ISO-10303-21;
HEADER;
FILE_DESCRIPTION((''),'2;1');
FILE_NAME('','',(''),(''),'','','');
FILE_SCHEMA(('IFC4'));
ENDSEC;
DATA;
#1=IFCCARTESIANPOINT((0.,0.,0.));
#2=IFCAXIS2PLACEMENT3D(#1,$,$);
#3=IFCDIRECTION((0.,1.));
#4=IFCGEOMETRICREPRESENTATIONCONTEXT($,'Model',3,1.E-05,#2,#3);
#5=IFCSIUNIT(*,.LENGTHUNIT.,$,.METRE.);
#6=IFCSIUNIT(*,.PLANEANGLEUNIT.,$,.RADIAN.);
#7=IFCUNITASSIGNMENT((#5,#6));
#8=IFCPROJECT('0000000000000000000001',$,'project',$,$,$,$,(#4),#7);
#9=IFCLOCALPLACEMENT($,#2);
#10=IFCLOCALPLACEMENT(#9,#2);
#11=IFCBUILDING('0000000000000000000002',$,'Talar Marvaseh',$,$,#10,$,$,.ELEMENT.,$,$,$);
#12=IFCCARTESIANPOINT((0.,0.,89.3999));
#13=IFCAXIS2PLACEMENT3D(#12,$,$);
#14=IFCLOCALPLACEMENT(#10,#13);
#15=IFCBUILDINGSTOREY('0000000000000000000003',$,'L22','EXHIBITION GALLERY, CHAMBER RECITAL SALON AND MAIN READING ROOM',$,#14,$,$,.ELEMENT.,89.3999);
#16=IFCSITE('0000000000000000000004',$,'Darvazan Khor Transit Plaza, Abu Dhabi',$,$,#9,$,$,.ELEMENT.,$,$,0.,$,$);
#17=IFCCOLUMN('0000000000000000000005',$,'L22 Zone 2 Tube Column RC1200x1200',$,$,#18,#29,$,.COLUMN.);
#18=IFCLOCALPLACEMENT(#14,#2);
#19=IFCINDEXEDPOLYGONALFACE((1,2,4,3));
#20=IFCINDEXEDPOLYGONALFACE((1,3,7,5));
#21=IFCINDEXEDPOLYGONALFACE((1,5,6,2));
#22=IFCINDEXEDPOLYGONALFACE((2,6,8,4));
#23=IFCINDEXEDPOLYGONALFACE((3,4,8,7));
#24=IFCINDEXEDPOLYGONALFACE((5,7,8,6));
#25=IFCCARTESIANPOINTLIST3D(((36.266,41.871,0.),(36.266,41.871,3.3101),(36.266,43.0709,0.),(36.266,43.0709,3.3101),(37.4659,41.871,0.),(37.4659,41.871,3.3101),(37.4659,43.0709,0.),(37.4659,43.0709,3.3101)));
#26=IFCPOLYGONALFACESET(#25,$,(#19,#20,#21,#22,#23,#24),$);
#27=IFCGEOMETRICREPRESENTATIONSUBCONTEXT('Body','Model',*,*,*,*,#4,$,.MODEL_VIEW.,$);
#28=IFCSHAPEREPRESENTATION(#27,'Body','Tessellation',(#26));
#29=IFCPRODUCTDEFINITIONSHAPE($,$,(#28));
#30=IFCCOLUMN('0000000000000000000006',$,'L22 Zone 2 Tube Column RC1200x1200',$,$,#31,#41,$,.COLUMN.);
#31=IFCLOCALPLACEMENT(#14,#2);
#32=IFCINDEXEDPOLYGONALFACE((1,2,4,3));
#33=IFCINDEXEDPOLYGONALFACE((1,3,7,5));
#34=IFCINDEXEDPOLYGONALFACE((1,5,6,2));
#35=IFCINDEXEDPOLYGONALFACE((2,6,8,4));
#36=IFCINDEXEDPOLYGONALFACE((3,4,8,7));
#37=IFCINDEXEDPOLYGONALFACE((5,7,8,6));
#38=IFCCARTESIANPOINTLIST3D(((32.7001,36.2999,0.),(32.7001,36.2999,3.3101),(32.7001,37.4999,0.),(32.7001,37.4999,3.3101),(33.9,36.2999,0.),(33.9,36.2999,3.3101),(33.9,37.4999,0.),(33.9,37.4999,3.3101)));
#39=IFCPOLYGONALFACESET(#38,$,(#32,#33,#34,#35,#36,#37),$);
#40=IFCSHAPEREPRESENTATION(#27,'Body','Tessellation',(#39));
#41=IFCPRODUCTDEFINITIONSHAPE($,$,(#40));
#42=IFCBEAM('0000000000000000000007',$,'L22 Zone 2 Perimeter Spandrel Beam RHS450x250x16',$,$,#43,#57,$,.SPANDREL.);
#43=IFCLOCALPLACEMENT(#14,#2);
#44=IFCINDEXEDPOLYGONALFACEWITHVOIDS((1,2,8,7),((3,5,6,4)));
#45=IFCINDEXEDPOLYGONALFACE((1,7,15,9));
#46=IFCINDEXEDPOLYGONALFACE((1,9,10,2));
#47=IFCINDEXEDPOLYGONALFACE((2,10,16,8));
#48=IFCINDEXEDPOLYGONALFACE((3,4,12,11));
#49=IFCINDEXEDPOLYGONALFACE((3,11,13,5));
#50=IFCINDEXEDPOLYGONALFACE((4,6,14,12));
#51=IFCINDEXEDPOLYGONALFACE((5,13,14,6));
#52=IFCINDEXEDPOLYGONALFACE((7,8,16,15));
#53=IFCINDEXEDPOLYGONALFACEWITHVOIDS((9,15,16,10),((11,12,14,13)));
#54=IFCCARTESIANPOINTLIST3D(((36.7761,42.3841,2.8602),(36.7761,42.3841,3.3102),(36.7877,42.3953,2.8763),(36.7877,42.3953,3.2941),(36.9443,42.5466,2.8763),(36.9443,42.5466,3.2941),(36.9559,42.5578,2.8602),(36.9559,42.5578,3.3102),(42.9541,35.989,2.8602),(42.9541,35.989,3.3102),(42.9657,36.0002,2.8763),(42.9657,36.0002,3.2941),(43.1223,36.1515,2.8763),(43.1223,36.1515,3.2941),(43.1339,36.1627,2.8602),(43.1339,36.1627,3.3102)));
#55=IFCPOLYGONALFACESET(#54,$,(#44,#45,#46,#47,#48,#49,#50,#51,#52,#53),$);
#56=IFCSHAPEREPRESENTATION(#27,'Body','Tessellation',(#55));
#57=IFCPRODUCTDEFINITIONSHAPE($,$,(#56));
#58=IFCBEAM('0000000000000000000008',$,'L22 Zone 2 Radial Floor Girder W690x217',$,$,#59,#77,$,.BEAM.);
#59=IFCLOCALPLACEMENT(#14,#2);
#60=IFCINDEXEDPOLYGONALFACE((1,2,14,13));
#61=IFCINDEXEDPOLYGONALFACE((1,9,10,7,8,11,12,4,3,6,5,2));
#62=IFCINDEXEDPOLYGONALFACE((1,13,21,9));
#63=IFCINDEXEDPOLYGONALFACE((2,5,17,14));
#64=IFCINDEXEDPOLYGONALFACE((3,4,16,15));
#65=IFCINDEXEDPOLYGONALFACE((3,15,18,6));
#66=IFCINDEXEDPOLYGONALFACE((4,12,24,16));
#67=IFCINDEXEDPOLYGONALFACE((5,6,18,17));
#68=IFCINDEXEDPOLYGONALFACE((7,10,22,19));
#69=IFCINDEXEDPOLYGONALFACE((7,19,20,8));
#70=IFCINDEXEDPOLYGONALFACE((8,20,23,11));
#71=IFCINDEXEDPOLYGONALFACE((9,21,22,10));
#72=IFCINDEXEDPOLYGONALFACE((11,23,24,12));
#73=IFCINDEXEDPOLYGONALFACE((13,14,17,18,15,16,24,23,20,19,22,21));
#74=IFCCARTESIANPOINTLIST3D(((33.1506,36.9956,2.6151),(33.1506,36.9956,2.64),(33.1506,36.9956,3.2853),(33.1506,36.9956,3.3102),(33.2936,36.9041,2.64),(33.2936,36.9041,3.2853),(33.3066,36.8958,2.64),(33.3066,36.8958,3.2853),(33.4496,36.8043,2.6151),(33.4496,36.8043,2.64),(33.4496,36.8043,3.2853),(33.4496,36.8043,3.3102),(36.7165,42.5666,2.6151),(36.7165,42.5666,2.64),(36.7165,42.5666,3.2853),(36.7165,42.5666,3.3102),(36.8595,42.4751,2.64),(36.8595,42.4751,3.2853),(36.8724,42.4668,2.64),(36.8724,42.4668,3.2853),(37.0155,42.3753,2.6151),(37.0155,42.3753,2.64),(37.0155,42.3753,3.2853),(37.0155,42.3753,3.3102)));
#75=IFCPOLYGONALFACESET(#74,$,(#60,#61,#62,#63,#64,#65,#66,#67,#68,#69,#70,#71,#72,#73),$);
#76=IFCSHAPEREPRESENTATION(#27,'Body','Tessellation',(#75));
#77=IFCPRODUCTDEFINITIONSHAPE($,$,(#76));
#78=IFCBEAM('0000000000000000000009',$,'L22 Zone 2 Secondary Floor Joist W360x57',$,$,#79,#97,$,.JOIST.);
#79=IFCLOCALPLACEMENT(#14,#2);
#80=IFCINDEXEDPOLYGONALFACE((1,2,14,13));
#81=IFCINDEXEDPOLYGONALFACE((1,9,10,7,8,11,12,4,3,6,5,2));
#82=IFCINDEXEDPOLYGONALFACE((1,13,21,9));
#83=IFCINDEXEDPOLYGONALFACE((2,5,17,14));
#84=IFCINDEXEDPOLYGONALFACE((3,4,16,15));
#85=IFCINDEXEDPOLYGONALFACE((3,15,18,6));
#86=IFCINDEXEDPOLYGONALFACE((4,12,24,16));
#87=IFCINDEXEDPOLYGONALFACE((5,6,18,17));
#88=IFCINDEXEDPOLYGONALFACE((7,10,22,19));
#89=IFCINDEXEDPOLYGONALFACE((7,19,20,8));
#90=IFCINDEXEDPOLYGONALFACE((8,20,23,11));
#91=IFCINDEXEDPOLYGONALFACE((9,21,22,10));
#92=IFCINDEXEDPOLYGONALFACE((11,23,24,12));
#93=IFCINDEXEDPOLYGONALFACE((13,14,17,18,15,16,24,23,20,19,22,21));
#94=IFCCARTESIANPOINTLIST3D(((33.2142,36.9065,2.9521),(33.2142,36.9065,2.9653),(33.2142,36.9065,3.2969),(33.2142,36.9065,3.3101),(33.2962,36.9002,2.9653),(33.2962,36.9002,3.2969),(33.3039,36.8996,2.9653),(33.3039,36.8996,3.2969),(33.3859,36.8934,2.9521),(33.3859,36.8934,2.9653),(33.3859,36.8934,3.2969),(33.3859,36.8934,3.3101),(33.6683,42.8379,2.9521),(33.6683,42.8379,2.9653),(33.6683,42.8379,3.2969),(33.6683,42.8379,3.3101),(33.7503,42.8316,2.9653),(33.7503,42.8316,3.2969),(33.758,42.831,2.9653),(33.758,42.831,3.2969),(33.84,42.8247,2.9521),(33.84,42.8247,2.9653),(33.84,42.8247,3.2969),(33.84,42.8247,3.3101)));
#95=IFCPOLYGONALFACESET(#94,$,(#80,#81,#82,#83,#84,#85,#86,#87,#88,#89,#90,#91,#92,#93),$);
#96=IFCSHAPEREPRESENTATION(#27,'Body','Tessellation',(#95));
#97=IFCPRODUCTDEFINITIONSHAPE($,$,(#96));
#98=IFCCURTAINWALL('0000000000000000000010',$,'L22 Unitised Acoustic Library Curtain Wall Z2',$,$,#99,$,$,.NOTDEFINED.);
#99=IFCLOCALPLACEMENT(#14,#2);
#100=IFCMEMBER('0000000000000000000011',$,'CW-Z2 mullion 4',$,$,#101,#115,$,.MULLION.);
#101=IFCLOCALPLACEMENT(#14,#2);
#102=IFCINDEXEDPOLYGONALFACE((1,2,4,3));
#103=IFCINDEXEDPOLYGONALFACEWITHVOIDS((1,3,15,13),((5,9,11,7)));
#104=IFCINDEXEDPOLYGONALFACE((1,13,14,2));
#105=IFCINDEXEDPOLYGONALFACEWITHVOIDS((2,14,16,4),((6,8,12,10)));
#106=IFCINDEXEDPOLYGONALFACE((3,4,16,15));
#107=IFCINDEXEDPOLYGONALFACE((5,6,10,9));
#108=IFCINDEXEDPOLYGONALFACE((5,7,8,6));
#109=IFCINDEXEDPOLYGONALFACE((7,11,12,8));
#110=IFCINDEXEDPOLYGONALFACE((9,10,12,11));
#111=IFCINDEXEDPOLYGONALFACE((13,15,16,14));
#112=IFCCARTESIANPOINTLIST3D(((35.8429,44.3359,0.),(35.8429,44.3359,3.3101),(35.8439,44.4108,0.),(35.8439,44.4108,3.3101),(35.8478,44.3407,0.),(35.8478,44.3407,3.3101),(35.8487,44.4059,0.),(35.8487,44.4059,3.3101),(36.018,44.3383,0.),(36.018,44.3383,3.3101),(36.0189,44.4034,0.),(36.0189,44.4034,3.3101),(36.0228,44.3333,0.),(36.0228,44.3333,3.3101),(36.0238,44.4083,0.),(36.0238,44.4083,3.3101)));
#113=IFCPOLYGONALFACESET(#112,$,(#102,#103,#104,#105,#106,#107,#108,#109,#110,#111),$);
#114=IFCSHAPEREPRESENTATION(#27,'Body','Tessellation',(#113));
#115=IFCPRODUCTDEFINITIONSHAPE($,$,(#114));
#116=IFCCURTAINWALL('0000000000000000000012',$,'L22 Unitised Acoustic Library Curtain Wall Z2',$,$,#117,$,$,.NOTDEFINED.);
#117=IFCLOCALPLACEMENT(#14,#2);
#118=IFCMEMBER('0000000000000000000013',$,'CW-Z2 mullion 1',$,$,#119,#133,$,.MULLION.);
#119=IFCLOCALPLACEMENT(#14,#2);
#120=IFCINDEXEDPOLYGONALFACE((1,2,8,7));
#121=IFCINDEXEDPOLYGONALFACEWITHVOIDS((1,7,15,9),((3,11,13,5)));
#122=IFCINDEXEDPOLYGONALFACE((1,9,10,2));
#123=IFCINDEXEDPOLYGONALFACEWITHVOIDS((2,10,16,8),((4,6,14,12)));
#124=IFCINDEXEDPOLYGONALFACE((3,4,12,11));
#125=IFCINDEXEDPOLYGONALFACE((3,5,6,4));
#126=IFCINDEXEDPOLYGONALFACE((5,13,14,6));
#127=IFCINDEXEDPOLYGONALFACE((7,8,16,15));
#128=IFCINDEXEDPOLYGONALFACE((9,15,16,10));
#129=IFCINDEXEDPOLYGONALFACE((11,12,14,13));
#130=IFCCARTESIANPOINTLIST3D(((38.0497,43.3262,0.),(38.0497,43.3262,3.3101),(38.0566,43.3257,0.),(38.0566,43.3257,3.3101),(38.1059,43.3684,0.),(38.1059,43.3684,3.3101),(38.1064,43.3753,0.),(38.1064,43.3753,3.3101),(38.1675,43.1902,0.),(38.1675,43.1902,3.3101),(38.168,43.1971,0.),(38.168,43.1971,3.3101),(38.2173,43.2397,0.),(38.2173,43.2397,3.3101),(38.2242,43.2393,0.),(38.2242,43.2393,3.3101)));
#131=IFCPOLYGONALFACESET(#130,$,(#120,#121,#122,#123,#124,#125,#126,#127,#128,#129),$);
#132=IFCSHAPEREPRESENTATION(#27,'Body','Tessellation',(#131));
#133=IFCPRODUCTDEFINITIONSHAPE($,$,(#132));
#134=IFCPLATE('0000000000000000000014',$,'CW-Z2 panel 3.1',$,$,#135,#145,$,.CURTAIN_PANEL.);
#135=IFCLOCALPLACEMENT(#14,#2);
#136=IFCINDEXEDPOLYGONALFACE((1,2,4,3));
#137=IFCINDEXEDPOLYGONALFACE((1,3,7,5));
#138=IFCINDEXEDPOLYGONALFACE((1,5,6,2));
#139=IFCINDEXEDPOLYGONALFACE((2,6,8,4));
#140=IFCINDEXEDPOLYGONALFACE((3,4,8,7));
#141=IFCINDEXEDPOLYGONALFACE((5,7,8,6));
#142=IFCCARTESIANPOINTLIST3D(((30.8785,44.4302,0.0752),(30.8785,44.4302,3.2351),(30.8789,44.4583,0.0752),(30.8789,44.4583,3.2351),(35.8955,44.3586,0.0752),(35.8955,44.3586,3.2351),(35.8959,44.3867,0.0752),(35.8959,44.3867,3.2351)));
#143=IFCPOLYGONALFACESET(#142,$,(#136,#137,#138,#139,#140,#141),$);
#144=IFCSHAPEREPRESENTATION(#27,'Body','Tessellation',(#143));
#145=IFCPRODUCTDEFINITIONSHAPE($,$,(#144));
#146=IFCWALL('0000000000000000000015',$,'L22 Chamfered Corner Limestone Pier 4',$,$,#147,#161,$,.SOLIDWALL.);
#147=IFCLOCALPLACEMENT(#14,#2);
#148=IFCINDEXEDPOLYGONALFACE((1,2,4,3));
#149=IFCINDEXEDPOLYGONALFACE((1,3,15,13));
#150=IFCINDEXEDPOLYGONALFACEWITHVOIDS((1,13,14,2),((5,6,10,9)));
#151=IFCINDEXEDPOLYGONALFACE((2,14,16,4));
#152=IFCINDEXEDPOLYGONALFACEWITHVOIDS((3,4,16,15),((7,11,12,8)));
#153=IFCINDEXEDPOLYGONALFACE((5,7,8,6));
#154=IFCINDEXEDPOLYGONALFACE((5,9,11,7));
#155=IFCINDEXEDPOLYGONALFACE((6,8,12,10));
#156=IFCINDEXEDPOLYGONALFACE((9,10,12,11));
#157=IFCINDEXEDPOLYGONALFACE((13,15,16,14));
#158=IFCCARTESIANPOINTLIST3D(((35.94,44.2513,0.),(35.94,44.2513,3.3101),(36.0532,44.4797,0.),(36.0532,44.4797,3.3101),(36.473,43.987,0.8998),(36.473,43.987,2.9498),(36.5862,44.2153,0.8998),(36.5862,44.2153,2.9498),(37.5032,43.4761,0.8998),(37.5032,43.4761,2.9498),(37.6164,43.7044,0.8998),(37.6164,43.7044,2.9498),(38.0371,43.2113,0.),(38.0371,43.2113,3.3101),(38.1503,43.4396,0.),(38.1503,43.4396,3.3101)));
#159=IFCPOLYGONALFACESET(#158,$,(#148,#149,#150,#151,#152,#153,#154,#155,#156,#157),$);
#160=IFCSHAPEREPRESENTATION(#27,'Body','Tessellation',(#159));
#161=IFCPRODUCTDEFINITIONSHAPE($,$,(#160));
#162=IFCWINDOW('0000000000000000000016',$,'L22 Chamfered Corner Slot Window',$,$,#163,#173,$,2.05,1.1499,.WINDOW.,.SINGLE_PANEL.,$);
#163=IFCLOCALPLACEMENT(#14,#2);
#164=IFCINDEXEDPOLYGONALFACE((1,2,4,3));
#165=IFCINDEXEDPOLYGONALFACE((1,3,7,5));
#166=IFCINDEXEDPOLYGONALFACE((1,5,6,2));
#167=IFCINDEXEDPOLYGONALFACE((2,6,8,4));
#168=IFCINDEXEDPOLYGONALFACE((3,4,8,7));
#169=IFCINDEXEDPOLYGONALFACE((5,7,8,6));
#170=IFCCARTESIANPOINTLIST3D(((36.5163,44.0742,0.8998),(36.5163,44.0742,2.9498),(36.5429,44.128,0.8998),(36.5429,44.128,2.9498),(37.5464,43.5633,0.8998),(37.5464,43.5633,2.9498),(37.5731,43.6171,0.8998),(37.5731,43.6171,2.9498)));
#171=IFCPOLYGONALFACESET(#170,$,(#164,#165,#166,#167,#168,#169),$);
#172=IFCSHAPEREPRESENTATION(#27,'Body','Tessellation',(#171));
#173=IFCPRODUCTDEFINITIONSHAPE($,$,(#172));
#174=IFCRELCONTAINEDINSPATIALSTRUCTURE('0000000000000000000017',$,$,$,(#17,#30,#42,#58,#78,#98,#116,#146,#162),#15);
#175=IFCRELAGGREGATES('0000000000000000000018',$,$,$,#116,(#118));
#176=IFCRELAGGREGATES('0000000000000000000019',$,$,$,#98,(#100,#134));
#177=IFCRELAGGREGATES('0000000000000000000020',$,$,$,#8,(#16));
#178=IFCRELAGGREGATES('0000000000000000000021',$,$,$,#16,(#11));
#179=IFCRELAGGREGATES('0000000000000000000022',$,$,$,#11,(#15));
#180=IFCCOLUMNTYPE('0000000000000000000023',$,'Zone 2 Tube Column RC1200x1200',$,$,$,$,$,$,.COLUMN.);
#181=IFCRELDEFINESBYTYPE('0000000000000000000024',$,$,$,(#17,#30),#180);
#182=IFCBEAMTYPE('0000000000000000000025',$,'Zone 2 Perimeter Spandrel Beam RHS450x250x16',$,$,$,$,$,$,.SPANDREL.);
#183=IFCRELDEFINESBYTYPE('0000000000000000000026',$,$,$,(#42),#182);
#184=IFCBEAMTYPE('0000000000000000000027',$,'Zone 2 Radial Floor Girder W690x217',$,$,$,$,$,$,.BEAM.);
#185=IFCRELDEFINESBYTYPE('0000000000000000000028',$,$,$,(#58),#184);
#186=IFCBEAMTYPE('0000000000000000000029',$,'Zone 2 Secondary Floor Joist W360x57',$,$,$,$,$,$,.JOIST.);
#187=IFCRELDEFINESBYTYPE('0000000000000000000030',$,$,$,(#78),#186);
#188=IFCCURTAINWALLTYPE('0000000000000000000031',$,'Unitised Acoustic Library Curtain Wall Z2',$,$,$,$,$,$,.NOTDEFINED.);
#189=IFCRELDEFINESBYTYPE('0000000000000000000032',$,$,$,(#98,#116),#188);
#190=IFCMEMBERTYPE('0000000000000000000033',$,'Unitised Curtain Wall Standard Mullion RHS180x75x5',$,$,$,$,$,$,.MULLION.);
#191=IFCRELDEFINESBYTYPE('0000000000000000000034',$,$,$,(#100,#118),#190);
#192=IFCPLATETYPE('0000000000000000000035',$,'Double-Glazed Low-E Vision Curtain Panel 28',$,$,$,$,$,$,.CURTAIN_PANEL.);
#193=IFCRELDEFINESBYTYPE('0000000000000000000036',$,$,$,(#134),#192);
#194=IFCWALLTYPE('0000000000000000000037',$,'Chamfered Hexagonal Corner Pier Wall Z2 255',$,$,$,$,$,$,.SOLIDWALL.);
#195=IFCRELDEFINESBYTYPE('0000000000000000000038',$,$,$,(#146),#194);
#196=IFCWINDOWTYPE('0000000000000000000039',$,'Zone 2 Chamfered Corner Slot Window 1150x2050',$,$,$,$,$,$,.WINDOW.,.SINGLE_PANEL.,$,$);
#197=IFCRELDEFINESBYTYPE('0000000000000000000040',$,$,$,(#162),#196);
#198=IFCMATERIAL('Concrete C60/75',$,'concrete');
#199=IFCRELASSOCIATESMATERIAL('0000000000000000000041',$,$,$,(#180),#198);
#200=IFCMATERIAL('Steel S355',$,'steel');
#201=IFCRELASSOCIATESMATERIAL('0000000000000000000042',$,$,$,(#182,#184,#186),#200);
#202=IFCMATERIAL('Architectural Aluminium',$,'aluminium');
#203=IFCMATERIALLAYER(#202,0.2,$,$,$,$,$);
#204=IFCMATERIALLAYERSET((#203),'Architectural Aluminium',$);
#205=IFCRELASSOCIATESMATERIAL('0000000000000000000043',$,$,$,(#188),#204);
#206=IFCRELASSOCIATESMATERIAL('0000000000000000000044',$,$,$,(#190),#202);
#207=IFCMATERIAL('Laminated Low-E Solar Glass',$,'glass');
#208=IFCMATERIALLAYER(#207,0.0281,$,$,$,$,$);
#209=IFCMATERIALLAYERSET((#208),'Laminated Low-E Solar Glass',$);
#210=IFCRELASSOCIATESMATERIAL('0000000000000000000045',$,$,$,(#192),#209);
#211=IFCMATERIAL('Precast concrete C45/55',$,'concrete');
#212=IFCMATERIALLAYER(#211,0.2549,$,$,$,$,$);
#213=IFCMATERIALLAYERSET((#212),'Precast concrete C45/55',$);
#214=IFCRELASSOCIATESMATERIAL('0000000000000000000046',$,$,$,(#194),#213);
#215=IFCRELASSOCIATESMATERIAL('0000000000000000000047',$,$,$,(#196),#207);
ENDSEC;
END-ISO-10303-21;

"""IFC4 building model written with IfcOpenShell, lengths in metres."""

from ifc_helpers import new_model, si_unit, direction, frame, frame_2d, origin, origin_2d, place, context, subcontext, project, spatial, rectangle, hollow_rectangle, i_section, extrude, source, transform, mapped, material, layer, layer_set, material_profile, profile_set, type_object, type_shapes, element, fill, aggregate, save


model = new_model("IFC4")

# Units and contexts
model_context = context("Model", 3, precision=1e-05, world=origin(), true_north=direction((0.0, 1.0)))
body_context = subcontext(model_context, "Body", "Model", "MODEL_VIEW")
ifc_project = project(units=[si_unit("LENGTHUNIT", "METRE"), si_unit("PLANEANGLEUNIT", "RADIAN")], contexts=[model_context])

# Site, building, storey
site_placement = place(None, origin())
site = spatial("IfcSite", under=ifc_project, at=site_placement, Name="Darvazan Khor Transit Plaza, Abu Dhabi", CompositionType="ELEMENT", RefElevation=0.0)
building_placement = place(site_placement, origin())
building = spatial("IfcBuilding", under=site, at=building_placement, Name="Talar Marvaseh", CompositionType="ELEMENT")
storey_placement = place(building_placement, frame((0.0, 0.0, 89.3999)))
storey = spatial("IfcBuildingStorey", under=building, at=storey_placement, Name="L22", Description="EXHIBITION GALLERY, CHAMBER RECITAL SALON AND MAIN READING ROOM", CompositionType="ELEMENT", Elevation=89.3999)

# Columns
ifc_material_1 = material(Name="Concrete C60/75", Category="concrete")
ifc_material_profile_1 = material_profile(ifc_material_1, rectangle(XDim=1.2, YDim=1.2, at=origin_2d()), Name="RC1200x1200")
ifc_profile_set_1 = profile_set([ifc_material_profile_1], Name="Concrete C60/75")
column_type = type_object("IfcColumnType", Name="Zone 2 Tube Column RC1200x1200", PredefinedType="COLUMN", material=ifc_profile_set_1)
for number, where, z_axis, x_axis, name in (
    (1, (36.866, 42.4709, 0.0), (0.0, 0.0, 1.0), (1.0, 0.0, 0.0), "L22 Zone 2 Tube Column RC1200x1200"),
    (2, (33.3, 36.8999, 0.0), (0.0, 0.0, 1.0), (1.0, 0.0, 0.0), "L22 Zone 2 Tube Column RC1200x1200"),
):
    element("IfcColumn", number, at=place(storey_placement, frame(where, z_axis=z_axis, x_axis=x_axis)), inside=storey, type_object=column_type, Name=name, PredefinedType="COLUMN", context=body_context, shape_type="SweptSolid", body=[
        extrude(rectangle(XDim=1.2, YDim=1.2, at=origin_2d()), origin(), (0.0, 0.0, 1.0), 3.3101),
    ])

# Beams
ifc_material_2 = material(Name="Steel S355", Category="steel")
ifc_material_profile_2 = material_profile(ifc_material_2, hollow_rectangle(XDim=0.25, YDim=0.45, WallThickness=0.0161, at=origin_2d()), Name="RHS450x250x16")
ifc_profile_set_2 = profile_set([ifc_material_profile_2], Name="Steel S355")
beam_type_1 = type_object("IfcBeamType", Name="Zone 2 Perimeter Spandrel Beam RHS450x250x16", PredefinedType="SPANDREL", material=ifc_profile_set_2)
beam_1_placement = place(storey_placement, frame((36.866, 42.4709, 3.0852), z_axis=(0.694797, -0.719206, 0.0), x_axis=(0.719206, 0.694797, 0.0)))
element("IfcBeam", 3, at=beam_1_placement, inside=storey, type_object=beam_type_1, Name="L22 Zone 2 Perimeter Spandrel Beam RHS450x250x16", PredefinedType="SPANDREL", context=body_context, shape_type="SweptSolid", body=[
    extrude(hollow_rectangle(XDim=0.25, YDim=0.45, WallThickness=0.0161, at=origin_2d()), origin(), (0.0, 0.0, 1.0), 8.8918),
])
ifc_material_profile_3 = material_profile(ifc_material_2, i_section(OverallWidth=0.355, OverallDepth=0.6951, WebThickness=0.0154, FlangeThickness=0.0249, at=origin_2d()), Name="W690x217")
ifc_profile_set_3 = profile_set([ifc_material_profile_3], Name="Steel S355")
beam_type_2 = type_object("IfcBeamType", Name="Zone 2 Radial Floor Girder W690x217", PredefinedType="BEAM", material=ifc_profile_set_3)
beam_2_placement = place(storey_placement, frame((36.866, 42.4709, 2.9626), z_axis=(-0.539102, -0.842241, 0.0), x_axis=(0.842241, -0.539102, 0.0)))
element("IfcBeam", 4, at=beam_2_placement, inside=storey, type_object=beam_type_2, Name="L22 Zone 2 Radial Floor Girder W690x217", PredefinedType="BEAM", context=body_context, shape_type="SweptSolid", body=[
    extrude(i_section(OverallWidth=0.355, OverallDepth=0.6951, WebThickness=0.0154, FlangeThickness=0.0249, at=origin_2d()), origin(), (0.0, 0.0, 1.0), 6.6145),
])
ifc_material_profile_4 = material_profile(ifc_material_2, i_section(OverallWidth=0.1721, OverallDepth=0.3579, WebThickness=0.0078, FlangeThickness=0.0132, at=origin_2d()), Name="W360x57")
ifc_profile_set_4 = profile_set([ifc_material_profile_4], Name="Steel S355")
beam_type_3 = type_object("IfcBeamType", Name="Zone 2 Secondary Floor Joist W360x57", PredefinedType="JOIST", material=ifc_profile_set_4)
beam_3_placement = place(storey_placement, frame((33.7542, 42.8313, 3.1311), z_axis=(-0.076336, -0.997082, 0.0), x_axis=(0.997082, -0.076336, 0.0)))
element("IfcBeam", 5, at=beam_3_placement, inside=storey, type_object=beam_type_3, Name="L22 Zone 2 Secondary Floor Joist W360x57", PredefinedType="JOIST", context=body_context, shape_type="SweptSolid", body=[
    extrude(i_section(OverallWidth=0.1721, OverallDepth=0.3579, WebThickness=0.0078, FlangeThickness=0.0132, at=origin_2d()), origin(), (0.0, 0.0, 1.0), 5.9487),
])

# Curtain walls, members
ifc_material_3 = material(Name="Architectural Aluminium", Category="aluminium")
ifc_layer_1 = layer(ifc_material_3, 0.2)
ifc_layer_set_1 = layer_set([ifc_layer_1], Name="Architectural Aluminium")
curtain_wall_type = type_object("IfcCurtainWallType", Name="Unitised Acoustic Library Curtain Wall Z2", PredefinedType="NOTDEFINED", material=ifc_layer_set_1)
curtain_wall_1_placement = place(storey_placement, origin())
curtain_wall_1 = element("IfcCurtainWall", 6, at=curtain_wall_1_placement, inside=storey, type_object=curtain_wall_type, Name="L22 Unitised Acoustic Library Curtain Wall Z2", PredefinedType="NOTDEFINED")
ifc_material_profile_5 = material_profile(ifc_material_3, hollow_rectangle(XDim=0.075, YDim=0.1799, WallThickness=0.0049, at=origin_2d()), Name="RHS180x75x5")
ifc_profile_set_5 = profile_set([ifc_material_profile_5], Name="Architectural Aluminium")
member_type = type_object("IfcMemberType", Name="Unitised Curtain Wall Standard Mullion RHS180x75x5", PredefinedType="MULLION", material=ifc_profile_set_5)
shared_shape_1 = source(origin(), body_context, "Body", "SweptSolid", [
    extrude(hollow_rectangle(XDim=0.075, YDim=0.1799, WallThickness=0.0049, at=origin_2d()), origin(), (0.0, 0.0, 1.0), 3.3101),
])
type_shapes(member_type, [shared_shape_1])
member_1_placement = place(storey_placement, frame((35.9333, 44.3721, 0.0), z_axis=(0.0, 0.0, 1.0), x_axis=(0.014275, 0.999898, 0.0)))
member_1 = element("IfcMember", 7, at=member_1_placement, type_object=member_type, Name="CW-Z2 mullion 4", PredefinedType="MULLION", context=body_context, shape_type="MappedRepresentation", body=[
    mapped(shared_shape_1, transform((0.0, 0.0, 0.0), x_axis=(1.0, 0.0, 0.0), y_axis=(0.0, 1.0, 0.0), z_axis=(0.0, 0.0, 1.0), scale=1.0)),
])
curtain_wall_2_placement = place(storey_placement, origin())
curtain_wall_2 = element("IfcCurtainWall", 8, at=curtain_wall_2_placement, inside=storey, type_object=curtain_wall_type, Name="L22 Unitised Acoustic Library Curtain Wall Z2", PredefinedType="NOTDEFINED")
member_2_placement = place(storey_placement, frame((38.137, 43.2827, 0.0), z_axis=(0.0, 0.0, 1.0), x_axis=(0.755811, 0.65479, 0.0)))
member_2 = element("IfcMember", 9, at=member_2_placement, type_object=member_type, Name="CW-Z2 mullion 1", PredefinedType="MULLION", context=body_context, shape_type="MappedRepresentation", body=[
    mapped(shared_shape_1, transform((0.0, 0.0, 0.0), x_axis=(1.0, 0.0, 0.0), y_axis=(0.0, 1.0, 0.0), z_axis=(0.0, 0.0, 1.0), scale=1.0)),
])
aggregate(curtain_wall_2, [member_2])

# Plate
ifc_material_4 = material(Name="Laminated Low-E Solar Glass", Category="glass")
ifc_layer_2 = layer(ifc_material_4, 0.0281)
ifc_layer_set_2 = layer_set([ifc_layer_2], Name="Laminated Low-E Solar Glass")
plate_type = type_object("IfcPlateType", Name="Double-Glazed Low-E Vision Curtain Panel 28", PredefinedType="CURTAIN_PANEL", material=ifc_layer_set_2)
shared_shape_2 = source(origin(), body_context, "Body", "SweptSolid", [
    extrude(rectangle(XDim=5.0176, YDim=0.0281, at=origin_2d()), origin(), (0.0, 0.0, 1.0), 3.1599),
])
type_shapes(plate_type, [shared_shape_2])
plate_placement = place(storey_placement, frame((33.3872, 44.4084, 0.0752), z_axis=(0.0, 0.0, 1.0), x_axis=(0.999898, -0.014275, 0.0)))
plate = element("IfcPlate", 10, at=plate_placement, type_object=plate_type, Name="CW-Z2 panel 3.1", PredefinedType="CURTAIN_PANEL", context=body_context, shape_type="MappedRepresentation", body=[
    mapped(shared_shape_2, transform((0.0, 0.0, 0.0), x_axis=(1.0, 0.0, 0.0), y_axis=(0.0, 1.0, 0.0), z_axis=(0.0, 0.0, 1.0), scale=1.0)),
])
aggregate(curtain_wall_1, [member_1, plate])

# Wall, opening, window
ifc_material_5 = material(Name="Precast concrete C45/55", Category="concrete")
ifc_layer_3 = layer(ifc_material_5, 0.2549)
ifc_layer_set_3 = layer_set([ifc_layer_3], Name="Precast concrete C45/55")
wall_type_1 = type_object("IfcWallType", Name="Chamfered Hexagonal Corner Pier Wall Z2 255", PredefinedType="SOLIDWALL", material=ifc_layer_set_3)
wall_1_placement = place(storey_placement, frame((35.9966, 44.3655, 0.0), z_axis=(0.0, 0.0, 1.0), x_axis=(0.895883, -0.444291, 0.0)))
wall_1 = element("IfcWall", 11, at=wall_1_placement, inside=storey, type_object=wall_type_1, Name="L22 Chamfered Corner Limestone Pier 4", PredefinedType="SOLIDWALL", context=body_context, shape_type="SweptSolid", body=[
    extrude(rectangle(XDim=2.3408, YDim=0.2549, at=frame_2d((1.1704, 0.0))), origin(), (0.0, 0.0, 1.0), 3.3101),
])
opening_1_placement = place(wall_1_placement, frame((0.595, 0.0, 0.8999)))
opening_1 = element("IfcOpeningElement", 12, at=opening_1_placement, cuts=wall_1, PredefinedType="OPENING", context=body_context, shape_type="SweptSolid", body=[
    extrude(rectangle(XDim=1.1499, YDim=2.05, at=frame_2d((0.575, 1.0249))), frame((0.0, 0.1375, 0.0), z_axis=(0.0, -1.0, 0.0), x_axis=(1.0, 0.0, 0.0)), (0.0, 0.0, 1.0), 0.2749),
])
window_type = type_object("IfcWindowType", Name="Zone 2 Chamfered Corner Slot Window 1150x2050", PartitioningType="SINGLE_PANEL", PredefinedType="WINDOW", material=ifc_material_4)
shared_shape_3 = source(origin(), body_context, "Body", "SweptSolid", [
    extrude(rectangle(XDim=1.1499, YDim=2.05, at=frame_2d((0.575, 1.0249))), frame((0.0, 0.03, 0.0), z_axis=(0.0, -1.0, 0.0), x_axis=(1.0, 0.0, 0.0)), (0.0, 0.0, 1.0), 0.0601),
])
type_shapes(window_type, [shared_shape_3])
window_placement = place(opening_1_placement, origin())
window = element("IfcWindow", 13, at=window_placement, inside=storey, type_object=window_type, Name="L22 Chamfered Corner Slot Window", OverallHeight=2.05, OverallWidth=1.1499, PartitioningType="SINGLE_PANEL", PredefinedType="WINDOW", context=body_context, shape_type="MappedRepresentation", body=[
    mapped(shared_shape_3, transform((0.0, 0.0, 0.0), x_axis=(1.0, 0.0, 0.0), y_axis=(0.0, 1.0, 0.0), z_axis=(0.0, 0.0, 1.0), scale=1.0)),
])
fill(opening_1, window)

save(model, "model.ifc")
